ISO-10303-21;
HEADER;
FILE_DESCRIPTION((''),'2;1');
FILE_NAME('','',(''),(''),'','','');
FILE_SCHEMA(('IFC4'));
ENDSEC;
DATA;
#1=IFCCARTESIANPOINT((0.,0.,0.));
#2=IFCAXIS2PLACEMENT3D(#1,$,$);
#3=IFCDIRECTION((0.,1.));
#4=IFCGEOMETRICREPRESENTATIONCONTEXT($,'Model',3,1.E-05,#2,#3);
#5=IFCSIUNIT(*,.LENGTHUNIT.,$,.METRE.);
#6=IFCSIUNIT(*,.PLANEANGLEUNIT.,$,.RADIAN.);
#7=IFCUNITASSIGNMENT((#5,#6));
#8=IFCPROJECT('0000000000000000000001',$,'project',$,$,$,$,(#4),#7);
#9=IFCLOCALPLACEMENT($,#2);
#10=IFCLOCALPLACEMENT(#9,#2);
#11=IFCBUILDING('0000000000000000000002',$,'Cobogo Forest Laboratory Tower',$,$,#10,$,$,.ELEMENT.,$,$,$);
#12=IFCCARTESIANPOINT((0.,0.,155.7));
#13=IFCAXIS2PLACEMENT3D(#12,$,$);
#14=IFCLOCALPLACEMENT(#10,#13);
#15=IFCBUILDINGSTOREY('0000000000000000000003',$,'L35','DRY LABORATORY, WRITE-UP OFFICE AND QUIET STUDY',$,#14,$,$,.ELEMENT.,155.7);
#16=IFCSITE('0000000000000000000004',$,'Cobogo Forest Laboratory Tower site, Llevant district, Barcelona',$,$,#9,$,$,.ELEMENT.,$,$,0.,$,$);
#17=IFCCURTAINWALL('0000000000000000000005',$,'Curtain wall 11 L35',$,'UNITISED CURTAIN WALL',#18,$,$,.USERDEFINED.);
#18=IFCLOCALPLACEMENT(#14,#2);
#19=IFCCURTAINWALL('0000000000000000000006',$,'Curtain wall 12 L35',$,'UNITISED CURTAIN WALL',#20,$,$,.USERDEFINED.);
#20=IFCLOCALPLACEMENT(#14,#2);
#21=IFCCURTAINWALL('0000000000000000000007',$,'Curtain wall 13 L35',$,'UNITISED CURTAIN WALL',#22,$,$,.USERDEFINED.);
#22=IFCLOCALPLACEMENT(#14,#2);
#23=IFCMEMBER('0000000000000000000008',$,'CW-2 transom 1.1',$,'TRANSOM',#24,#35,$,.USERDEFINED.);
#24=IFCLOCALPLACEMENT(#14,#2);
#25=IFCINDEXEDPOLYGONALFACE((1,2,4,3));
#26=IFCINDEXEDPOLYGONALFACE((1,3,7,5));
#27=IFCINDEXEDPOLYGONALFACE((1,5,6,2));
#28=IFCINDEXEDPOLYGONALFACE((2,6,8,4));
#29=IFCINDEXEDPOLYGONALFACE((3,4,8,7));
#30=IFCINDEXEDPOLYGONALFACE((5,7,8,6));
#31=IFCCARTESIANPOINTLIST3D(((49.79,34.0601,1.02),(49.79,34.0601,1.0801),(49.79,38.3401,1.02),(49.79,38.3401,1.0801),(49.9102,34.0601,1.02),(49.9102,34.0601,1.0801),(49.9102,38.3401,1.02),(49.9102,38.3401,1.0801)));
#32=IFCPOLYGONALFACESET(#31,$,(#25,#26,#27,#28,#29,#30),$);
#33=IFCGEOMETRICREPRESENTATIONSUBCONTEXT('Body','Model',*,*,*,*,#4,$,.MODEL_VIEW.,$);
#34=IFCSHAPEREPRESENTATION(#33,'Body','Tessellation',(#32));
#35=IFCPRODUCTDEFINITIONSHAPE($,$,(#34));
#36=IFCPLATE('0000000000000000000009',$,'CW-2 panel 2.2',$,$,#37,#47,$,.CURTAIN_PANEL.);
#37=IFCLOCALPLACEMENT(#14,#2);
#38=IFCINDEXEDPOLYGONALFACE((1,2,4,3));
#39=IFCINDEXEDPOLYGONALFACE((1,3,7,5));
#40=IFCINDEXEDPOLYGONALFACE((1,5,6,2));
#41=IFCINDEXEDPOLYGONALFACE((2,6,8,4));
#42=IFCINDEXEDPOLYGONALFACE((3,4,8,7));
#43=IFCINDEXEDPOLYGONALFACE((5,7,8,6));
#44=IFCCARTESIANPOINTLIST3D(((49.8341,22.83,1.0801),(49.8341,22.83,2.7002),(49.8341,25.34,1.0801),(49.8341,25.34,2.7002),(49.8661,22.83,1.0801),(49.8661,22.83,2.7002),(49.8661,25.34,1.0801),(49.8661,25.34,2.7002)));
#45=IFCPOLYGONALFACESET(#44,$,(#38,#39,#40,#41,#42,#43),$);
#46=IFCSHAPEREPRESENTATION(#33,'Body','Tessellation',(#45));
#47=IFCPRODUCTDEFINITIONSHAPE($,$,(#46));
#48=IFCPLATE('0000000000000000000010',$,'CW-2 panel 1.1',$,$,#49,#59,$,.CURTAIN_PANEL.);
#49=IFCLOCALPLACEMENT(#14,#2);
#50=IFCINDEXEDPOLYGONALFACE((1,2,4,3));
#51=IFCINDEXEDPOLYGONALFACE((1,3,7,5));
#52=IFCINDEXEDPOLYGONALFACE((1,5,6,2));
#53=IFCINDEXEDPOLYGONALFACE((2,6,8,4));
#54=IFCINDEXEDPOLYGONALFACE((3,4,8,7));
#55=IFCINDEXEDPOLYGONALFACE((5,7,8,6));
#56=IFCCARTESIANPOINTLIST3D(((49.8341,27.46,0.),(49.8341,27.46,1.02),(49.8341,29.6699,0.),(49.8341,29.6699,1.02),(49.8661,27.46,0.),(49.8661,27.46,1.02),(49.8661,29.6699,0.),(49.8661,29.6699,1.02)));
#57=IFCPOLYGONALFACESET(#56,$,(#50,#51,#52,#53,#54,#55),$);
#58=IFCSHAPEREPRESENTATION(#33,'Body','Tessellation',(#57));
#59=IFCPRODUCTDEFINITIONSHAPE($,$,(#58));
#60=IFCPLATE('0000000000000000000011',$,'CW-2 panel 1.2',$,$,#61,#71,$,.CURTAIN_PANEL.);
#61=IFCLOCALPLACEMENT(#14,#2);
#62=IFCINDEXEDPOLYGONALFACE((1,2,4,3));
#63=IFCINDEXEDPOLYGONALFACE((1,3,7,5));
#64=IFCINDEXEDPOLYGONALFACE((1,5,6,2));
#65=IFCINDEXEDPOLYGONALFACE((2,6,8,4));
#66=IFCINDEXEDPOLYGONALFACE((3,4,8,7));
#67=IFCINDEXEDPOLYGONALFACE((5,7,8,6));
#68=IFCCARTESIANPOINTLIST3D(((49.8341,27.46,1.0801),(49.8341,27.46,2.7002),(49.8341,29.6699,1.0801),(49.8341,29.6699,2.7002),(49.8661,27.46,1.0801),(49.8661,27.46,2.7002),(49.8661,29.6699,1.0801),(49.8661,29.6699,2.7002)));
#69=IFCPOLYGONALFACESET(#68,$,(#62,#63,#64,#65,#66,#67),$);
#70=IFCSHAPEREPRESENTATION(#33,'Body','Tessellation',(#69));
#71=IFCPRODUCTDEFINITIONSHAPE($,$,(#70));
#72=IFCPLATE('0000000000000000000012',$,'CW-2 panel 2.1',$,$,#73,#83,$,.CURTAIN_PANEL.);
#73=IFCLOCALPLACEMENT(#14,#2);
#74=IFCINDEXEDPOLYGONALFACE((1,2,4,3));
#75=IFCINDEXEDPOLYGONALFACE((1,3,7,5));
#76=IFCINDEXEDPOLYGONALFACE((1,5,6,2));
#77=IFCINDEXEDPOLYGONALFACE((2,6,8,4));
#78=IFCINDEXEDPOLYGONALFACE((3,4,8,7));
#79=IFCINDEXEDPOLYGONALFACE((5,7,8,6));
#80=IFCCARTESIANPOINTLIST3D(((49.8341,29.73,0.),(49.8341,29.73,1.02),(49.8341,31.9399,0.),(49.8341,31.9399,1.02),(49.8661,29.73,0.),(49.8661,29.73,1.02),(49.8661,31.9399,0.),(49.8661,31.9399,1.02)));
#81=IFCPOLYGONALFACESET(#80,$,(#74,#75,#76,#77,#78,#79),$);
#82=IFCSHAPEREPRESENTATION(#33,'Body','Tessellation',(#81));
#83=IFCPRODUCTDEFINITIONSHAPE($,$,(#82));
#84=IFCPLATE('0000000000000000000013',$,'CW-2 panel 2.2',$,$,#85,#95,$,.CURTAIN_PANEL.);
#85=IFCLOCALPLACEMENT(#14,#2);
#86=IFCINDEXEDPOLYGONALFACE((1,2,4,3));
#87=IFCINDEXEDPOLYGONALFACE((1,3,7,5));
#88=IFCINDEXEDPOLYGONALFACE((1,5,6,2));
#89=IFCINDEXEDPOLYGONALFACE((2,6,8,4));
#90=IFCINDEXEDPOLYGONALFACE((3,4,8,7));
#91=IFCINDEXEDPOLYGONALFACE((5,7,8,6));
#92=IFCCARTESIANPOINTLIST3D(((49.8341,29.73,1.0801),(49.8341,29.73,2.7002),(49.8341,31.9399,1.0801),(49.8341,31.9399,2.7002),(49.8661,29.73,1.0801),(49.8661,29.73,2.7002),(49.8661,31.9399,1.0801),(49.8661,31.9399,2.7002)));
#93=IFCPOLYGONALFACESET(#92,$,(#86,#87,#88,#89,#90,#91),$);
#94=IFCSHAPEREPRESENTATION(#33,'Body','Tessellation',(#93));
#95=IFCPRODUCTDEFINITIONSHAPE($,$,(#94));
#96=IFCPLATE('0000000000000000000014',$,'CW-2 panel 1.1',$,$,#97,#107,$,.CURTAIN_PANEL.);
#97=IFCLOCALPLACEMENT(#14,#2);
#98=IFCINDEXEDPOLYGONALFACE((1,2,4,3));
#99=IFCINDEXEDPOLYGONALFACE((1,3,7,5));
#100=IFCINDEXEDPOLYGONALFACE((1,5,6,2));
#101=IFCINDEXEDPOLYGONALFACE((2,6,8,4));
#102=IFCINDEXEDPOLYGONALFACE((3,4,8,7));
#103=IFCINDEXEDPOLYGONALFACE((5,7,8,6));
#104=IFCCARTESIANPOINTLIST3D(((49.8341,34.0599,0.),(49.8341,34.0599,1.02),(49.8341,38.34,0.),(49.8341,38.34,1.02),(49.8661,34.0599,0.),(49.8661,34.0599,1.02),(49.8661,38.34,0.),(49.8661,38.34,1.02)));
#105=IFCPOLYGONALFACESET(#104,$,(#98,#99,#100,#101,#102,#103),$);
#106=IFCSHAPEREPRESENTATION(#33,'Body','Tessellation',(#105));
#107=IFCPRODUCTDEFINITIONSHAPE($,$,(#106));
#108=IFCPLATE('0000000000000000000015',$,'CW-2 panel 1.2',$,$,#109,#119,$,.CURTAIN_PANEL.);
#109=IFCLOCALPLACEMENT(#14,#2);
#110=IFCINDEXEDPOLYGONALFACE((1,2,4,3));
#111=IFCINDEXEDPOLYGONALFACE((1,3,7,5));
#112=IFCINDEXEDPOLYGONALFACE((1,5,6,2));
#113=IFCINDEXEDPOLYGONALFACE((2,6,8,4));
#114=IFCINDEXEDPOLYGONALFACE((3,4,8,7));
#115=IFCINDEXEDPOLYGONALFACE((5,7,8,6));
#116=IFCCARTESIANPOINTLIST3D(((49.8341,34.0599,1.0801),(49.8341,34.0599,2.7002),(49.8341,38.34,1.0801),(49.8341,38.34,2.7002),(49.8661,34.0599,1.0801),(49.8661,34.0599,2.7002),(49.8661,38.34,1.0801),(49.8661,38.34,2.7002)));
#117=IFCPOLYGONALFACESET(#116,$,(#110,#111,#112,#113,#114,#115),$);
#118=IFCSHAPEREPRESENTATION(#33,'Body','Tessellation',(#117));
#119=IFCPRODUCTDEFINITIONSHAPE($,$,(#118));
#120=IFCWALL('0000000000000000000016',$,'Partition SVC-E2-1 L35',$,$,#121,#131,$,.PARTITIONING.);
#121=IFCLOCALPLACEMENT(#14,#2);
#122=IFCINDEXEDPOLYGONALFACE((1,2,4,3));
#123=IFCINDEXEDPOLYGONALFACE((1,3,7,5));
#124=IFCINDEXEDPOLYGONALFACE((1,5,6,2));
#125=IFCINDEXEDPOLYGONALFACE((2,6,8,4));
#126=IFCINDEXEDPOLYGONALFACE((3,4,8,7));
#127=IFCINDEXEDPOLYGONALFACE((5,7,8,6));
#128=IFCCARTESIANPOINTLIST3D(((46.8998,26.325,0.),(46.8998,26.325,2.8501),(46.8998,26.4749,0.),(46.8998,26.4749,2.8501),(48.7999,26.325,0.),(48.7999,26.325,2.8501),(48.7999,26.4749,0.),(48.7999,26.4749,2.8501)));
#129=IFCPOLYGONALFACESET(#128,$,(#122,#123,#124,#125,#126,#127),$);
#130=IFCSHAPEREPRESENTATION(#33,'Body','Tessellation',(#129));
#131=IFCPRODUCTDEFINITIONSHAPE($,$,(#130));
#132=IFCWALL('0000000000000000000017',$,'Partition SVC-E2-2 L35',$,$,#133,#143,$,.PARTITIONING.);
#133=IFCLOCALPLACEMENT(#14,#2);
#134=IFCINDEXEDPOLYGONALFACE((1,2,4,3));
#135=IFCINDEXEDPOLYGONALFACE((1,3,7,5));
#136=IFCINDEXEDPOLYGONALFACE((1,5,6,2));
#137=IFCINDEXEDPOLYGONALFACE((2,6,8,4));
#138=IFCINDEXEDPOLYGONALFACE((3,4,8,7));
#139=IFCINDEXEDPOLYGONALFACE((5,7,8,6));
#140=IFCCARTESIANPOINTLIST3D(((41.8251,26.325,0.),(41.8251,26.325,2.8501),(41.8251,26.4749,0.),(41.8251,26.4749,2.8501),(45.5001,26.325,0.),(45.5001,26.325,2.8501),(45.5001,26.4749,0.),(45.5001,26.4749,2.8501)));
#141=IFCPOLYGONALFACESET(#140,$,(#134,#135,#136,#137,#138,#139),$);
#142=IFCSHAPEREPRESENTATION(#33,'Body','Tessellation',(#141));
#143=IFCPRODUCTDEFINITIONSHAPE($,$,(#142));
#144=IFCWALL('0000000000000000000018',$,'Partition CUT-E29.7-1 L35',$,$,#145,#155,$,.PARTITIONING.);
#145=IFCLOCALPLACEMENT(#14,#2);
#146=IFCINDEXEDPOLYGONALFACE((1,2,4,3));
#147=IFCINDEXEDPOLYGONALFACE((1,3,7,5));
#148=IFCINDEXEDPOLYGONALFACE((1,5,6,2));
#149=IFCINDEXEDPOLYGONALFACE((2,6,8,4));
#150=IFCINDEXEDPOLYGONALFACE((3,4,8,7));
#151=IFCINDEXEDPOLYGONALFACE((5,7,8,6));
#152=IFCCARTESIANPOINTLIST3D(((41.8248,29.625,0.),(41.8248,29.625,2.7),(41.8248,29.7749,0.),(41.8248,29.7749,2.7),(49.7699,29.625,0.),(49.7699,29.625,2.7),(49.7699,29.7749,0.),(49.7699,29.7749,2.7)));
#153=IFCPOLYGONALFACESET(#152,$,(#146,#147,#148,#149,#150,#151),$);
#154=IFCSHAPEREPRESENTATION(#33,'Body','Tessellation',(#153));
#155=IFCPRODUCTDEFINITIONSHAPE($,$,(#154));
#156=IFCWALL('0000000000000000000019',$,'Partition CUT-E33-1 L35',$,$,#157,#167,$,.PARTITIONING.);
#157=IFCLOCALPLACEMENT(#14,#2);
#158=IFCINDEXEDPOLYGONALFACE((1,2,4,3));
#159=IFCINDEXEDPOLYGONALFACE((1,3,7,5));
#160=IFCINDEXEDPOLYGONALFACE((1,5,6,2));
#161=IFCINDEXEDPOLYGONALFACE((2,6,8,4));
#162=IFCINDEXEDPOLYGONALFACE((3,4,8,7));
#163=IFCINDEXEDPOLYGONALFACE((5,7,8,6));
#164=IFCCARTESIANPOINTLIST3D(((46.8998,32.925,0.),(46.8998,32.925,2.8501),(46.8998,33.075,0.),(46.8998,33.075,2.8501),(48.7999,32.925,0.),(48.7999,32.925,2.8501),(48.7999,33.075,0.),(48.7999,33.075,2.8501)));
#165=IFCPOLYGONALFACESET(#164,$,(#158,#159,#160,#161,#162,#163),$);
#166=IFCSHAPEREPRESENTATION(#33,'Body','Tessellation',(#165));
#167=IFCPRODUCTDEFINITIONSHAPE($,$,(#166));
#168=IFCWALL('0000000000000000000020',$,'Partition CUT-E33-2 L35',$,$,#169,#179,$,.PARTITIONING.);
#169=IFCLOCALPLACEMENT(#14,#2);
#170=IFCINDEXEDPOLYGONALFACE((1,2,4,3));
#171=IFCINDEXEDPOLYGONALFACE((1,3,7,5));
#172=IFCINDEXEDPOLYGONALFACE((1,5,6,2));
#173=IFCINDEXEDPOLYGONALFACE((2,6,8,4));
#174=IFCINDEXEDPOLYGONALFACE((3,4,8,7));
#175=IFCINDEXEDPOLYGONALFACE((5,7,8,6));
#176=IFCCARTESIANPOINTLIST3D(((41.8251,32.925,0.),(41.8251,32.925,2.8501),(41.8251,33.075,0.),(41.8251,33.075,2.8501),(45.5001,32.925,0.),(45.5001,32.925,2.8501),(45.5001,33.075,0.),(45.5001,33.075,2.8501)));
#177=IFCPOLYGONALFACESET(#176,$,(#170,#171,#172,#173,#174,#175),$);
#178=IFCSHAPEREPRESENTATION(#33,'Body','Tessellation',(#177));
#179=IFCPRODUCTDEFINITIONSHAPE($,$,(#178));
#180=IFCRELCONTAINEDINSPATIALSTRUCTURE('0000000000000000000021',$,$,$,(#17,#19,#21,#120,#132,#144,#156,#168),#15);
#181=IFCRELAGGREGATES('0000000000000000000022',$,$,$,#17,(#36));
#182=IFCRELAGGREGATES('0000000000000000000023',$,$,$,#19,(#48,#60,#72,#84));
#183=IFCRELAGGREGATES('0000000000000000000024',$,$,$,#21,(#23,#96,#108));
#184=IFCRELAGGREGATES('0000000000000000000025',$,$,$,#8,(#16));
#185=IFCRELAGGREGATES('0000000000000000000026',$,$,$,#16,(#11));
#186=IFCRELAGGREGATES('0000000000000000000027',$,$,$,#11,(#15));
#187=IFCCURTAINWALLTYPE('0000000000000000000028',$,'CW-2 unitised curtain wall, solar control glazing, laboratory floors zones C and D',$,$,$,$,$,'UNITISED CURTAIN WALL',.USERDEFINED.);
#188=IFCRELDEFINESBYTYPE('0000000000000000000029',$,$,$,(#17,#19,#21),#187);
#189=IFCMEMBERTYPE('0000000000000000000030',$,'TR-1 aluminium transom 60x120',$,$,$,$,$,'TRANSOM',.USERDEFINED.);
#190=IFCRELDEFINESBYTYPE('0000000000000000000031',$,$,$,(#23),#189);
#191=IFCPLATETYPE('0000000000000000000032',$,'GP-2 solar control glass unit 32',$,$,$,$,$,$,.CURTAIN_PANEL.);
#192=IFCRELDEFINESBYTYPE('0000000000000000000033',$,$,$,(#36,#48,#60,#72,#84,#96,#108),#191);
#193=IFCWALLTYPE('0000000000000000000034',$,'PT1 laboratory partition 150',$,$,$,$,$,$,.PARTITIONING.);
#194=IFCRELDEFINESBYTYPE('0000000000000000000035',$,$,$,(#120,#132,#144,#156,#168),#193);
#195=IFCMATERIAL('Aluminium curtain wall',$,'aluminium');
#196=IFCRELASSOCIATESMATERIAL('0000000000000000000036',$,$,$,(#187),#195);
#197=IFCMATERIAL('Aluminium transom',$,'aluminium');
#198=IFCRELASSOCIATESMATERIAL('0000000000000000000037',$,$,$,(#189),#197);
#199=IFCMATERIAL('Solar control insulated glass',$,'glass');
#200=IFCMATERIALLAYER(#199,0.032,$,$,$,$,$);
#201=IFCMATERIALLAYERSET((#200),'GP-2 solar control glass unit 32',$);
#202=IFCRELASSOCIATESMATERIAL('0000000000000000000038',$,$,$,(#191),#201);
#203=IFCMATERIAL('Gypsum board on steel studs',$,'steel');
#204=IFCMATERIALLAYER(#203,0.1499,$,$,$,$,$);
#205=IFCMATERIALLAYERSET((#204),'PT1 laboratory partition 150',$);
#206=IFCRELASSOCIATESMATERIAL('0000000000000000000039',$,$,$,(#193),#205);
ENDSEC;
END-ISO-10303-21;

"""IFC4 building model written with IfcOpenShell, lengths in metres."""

from ifc_helpers import new_model, si_unit, direction, frame, frame_2d, origin, origin_2d, place, context, subcontext, project, spatial, rectangle, extrude, material, layer, layer_set, material_profile, profile_set, type_object, element, aggregate, save


model = new_model("IFC4")

# Units and contexts
model_context = context("Model", 3, precision=1e-05, world=origin(), true_north=direction((0.0, 1.0)))
body_context = subcontext(model_context, "Body", "Model", "MODEL_VIEW")
ifc_project = project(units=[si_unit("LENGTHUNIT", "METRE"), si_unit("PLANEANGLEUNIT", "RADIAN")], contexts=[model_context])

# Site, building, storey
site_placement = place(None, origin())
site = spatial("IfcSite", under=ifc_project, at=site_placement, Name="Cobogo Forest Laboratory Tower site, Llevant district, Barcelona", CompositionType="ELEMENT", RefElevation=0.0)
building_placement = place(site_placement, origin())
building = spatial("IfcBuilding", under=site, at=building_placement, Name="Cobogo Forest Laboratory Tower", CompositionType="ELEMENT")
storey_placement = place(building_placement, frame((0.0, 0.0, 155.7)))
storey = spatial("IfcBuildingStorey", under=building, at=storey_placement, Name="L35", Description="DRY LABORATORY, WRITE-UP OFFICE AND QUIET STUDY", CompositionType="ELEMENT", Elevation=155.7)

# Curtain wall
ifc_material_1 = material(Name="Aluminium curtain wall", Category="aluminium")
curtain_wall_type = type_object("IfcCurtainWallType", Name="CW-2 unitised curtain wall, solar control glazing, laboratory floors zones C and D", ElementType="UNITISED CURTAIN WALL", PredefinedType="USERDEFINED", material=ifc_material_1)
curtain_wall_1_placement = place(storey_placement, origin())
curtain_wall_1 = element("IfcCurtainWall", 1, at=curtain_wall_1_placement, inside=storey, type_object=curtain_wall_type, Name="Curtain wall 11 L35", ObjectType="UNITISED CURTAIN WALL", PredefinedType="USERDEFINED")

# Curtain walls
curtain_wall_2_placement = place(storey_placement, origin())
curtain_wall_2 = element("IfcCurtainWall", 2, at=curtain_wall_2_placement, inside=storey, type_object=curtain_wall_type, Name="Curtain wall 12 L35", ObjectType="UNITISED CURTAIN WALL", PredefinedType="USERDEFINED")
curtain_wall_3_placement = place(storey_placement, origin())
curtain_wall_3 = element("IfcCurtainWall", 3, at=curtain_wall_3_placement, inside=storey, type_object=curtain_wall_type, Name="Curtain wall 13 L35", ObjectType="UNITISED CURTAIN WALL", PredefinedType="USERDEFINED")

# Member
ifc_material_2 = material(Name="Aluminium transom", Category="aluminium")
ifc_material_profile_1 = material_profile(ifc_material_2, rectangle(XDim=0.1201, YDim=0.0601, at=origin_2d()), Name="AL 60x120")
ifc_profile_set_1 = profile_set([ifc_material_profile_1], Name="Aluminium transom")
member_type_1 = type_object("IfcMemberType", Name="TR-1 aluminium transom 60x120", ElementType="TRANSOM", PredefinedType="USERDEFINED", material=ifc_profile_set_1)
member_1_placement = place(storey_placement, frame((49.8501, 34.0601, 1.05), z_axis=(0.0, 1.0, 0.0), x_axis=(-1.0, 0.0, 0.0)))
member_1 = element("IfcMember", 4, at=member_1_placement, type_object=member_type_1, Name="CW-2 transom 1.1", ObjectType="TRANSOM", PredefinedType="USERDEFINED", context=body_context, shape_type="SweptSolid", body=[
    extrude(rectangle(XDim=0.1201, YDim=0.0601, at=origin_2d()), origin(), (0.0, 0.0, 1.0), 4.28),
])

# Plates
ifc_material_3 = material(Name="Solar control insulated glass", Category="glass")
ifc_layer_1 = layer(ifc_material_3, 0.032)
ifc_layer_set_1 = layer_set([ifc_layer_1], Name="GP-2 solar control glass unit 32")
plate_type_1 = type_object("IfcPlateType", Name="GP-2 solar control glass unit 32", PredefinedType="CURTAIN_PANEL", material=ifc_layer_set_1)
plate_1_placement = place(storey_placement, frame((49.8501, 24.085, 1.0801), z_axis=(0.0, 0.0, 1.0), x_axis=(0.0, 1.0, 0.0)))
plate_1 = element("IfcPlate", 5, at=plate_1_placement, type_object=plate_type_1, Name="CW-2 panel 2.2", PredefinedType="CURTAIN_PANEL", context=body_context, shape_type="SweptSolid", body=[
    extrude(rectangle(XDim=2.51, YDim=0.032, at=origin_2d()), origin(), (0.0, 0.0, 1.0), 1.6201),
])
aggregate(curtain_wall_1, [plate_1])
plate_2_placement = place(storey_placement, frame((49.8501, 28.5649, 0.0), z_axis=(0.0, 0.0, 1.0), x_axis=(0.0, 1.0, 0.0)))
plate_2 = element("IfcPlate", 6, at=plate_2_placement, type_object=plate_type_1, Name="CW-2 panel 1.1", PredefinedType="CURTAIN_PANEL", context=body_context, shape_type="SweptSolid", body=[
    extrude(rectangle(XDim=2.21, YDim=0.032, at=origin_2d()), origin(), (0.0, 0.0, 1.0), 1.02),
])
plate_3_placement = place(storey_placement, frame((49.8501, 28.5649, 1.0801), z_axis=(0.0, 0.0, 1.0), x_axis=(0.0, 1.0, 0.0)))
plate_3 = element("IfcPlate", 7, at=plate_3_placement, type_object=plate_type_1, Name="CW-2 panel 1.2", PredefinedType="CURTAIN_PANEL", context=body_context, shape_type="SweptSolid", body=[
    extrude(rectangle(XDim=2.21, YDim=0.032, at=origin_2d()), origin(), (0.0, 0.0, 1.0), 1.6201),
])
plate_4_placement = place(storey_placement, frame((49.8501, 30.835, 0.0), z_axis=(0.0, 0.0, 1.0), x_axis=(0.0, 1.0, 0.0)))
plate_4 = element("IfcPlate", 8, at=plate_4_placement, type_object=plate_type_1, Name="CW-2 panel 2.1", PredefinedType="CURTAIN_PANEL", context=body_context, shape_type="SweptSolid", body=[
    extrude(rectangle(XDim=2.21, YDim=0.032, at=origin_2d()), origin(), (0.0, 0.0, 1.0), 1.02),
])
plate_5_placement = place(storey_placement, frame((49.8501, 30.835, 1.0801), z_axis=(0.0, 0.0, 1.0), x_axis=(0.0, 1.0, 0.0)))
plate_5 = element("IfcPlate", 9, at=plate_5_placement, type_object=plate_type_1, Name="CW-2 panel 2.2", PredefinedType="CURTAIN_PANEL", context=body_context, shape_type="SweptSolid", body=[
    extrude(rectangle(XDim=2.21, YDim=0.032, at=origin_2d()), origin(), (0.0, 0.0, 1.0), 1.6201),
])
aggregate(curtain_wall_2, [plate_2, plate_3, plate_4, plate_5])
plate_6_placement = place(storey_placement, frame((49.8501, 36.2, 0.0), z_axis=(0.0, 0.0, 1.0), x_axis=(0.0, 1.0, 0.0)))
plate_6 = element("IfcPlate", 10, at=plate_6_placement, type_object=plate_type_1, Name="CW-2 panel 1.1", PredefinedType="CURTAIN_PANEL", context=body_context, shape_type="SweptSolid", body=[
    extrude(rectangle(XDim=4.28, YDim=0.032, at=origin_2d()), origin(), (0.0, 0.0, 1.0), 1.02),
])
plate_7_placement = place(storey_placement, frame((49.8501, 36.2, 1.0801), z_axis=(0.0, 0.0, 1.0), x_axis=(0.0, 1.0, 0.0)))
plate_7 = element("IfcPlate", 11, at=plate_7_placement, type_object=plate_type_1, Name="CW-2 panel 1.2", PredefinedType="CURTAIN_PANEL", context=body_context, shape_type="SweptSolid", body=[
    extrude(rectangle(XDim=4.28, YDim=0.032, at=origin_2d()), origin(), (0.0, 0.0, 1.0), 1.6201),
])
aggregate(curtain_wall_3, [member_1, plate_6, plate_7])

# Walls
ifc_material_4 = material(Name="Gypsum board on steel studs", Category="steel")
ifc_layer_2 = layer(ifc_material_4, 0.1499)
ifc_layer_set_2 = layer_set([ifc_layer_2], Name="PT1 laboratory partition 150")
wall_type = type_object("IfcWallType", Name="PT1 laboratory partition 150", PredefinedType="PARTITIONING", material=ifc_layer_set_2)
wall_1_placement = place(storey_placement, frame((48.8, 26.3999, 0.0), z_axis=(0.0, 0.0, 1.0), x_axis=(-1.0, 0.0, 0.0)))
element("IfcWall", 12, at=wall_1_placement, inside=storey, type_object=wall_type, Name="Partition SVC-E2-1 L35", PredefinedType="PARTITIONING", context=body_context, shape_type="SweptSolid", body=[
    extrude(rectangle(XDim=1.9001, YDim=0.1499, at=frame_2d((0.9502, 0.0))), origin(), (0.0, 0.0, 1.0), 2.8501),
])
wall_2_placement = place(storey_placement, frame((45.5, 26.3999, 0.0), z_axis=(0.0, 0.0, 1.0), x_axis=(-1.0, 0.0, 0.0)))
element("IfcWall", 13, at=wall_2_placement, inside=storey, type_object=wall_type, Name="Partition SVC-E2-2 L35", PredefinedType="PARTITIONING", context=body_context, shape_type="SweptSolid", body=[
    extrude(rectangle(XDim=3.675, YDim=0.1499, at=frame_2d((1.8374, 0.0))), origin(), (0.0, 0.0, 1.0), 2.8501),
])
wall_3_placement = place(storey_placement, frame((49.77, 29.7, 0.0), z_axis=(0.0, 0.0, 1.0), x_axis=(-1.0, 0.0, 0.0)))
element("IfcWall", 14, at=wall_3_placement, inside=storey, type_object=wall_type, Name="Partition CUT-E29.7-1 L35", PredefinedType="PARTITIONING", context=body_context, shape_type="SweptSolid", body=[
    extrude(rectangle(XDim=7.9451, YDim=0.1499, at=frame_2d((3.9727, 0.0))), origin(), (0.0, 0.0, 1.0), 2.7),
])
wall_4_placement = place(storey_placement, frame((48.8, 33.0, 0.0), z_axis=(0.0, 0.0, 1.0), x_axis=(-1.0, 0.0, 0.0)))
element("IfcWall", 15, at=wall_4_placement, inside=storey, type_object=wall_type, Name="Partition CUT-E33-1 L35", PredefinedType="PARTITIONING", context=body_context, shape_type="SweptSolid", body=[
    extrude(rectangle(XDim=1.9001, YDim=0.1499, at=frame_2d((0.9502, 0.0))), origin(), (0.0, 0.0, 1.0), 2.8501),
])
wall_5_placement = place(storey_placement, frame((45.5, 33.0, 0.0), z_axis=(0.0, 0.0, 1.0), x_axis=(-1.0, 0.0, 0.0)))
element("IfcWall", 16, at=wall_5_placement, inside=storey, type_object=wall_type, Name="Partition CUT-E33-2 L35", PredefinedType="PARTITIONING", context=body_context, shape_type="SweptSolid", body=[
    extrude(rectangle(XDim=3.675, YDim=0.1499, at=frame_2d((1.8374, 0.0))), origin(), (0.0, 0.0, 1.0), 2.8501),
])

save(model, "model.ifc")
